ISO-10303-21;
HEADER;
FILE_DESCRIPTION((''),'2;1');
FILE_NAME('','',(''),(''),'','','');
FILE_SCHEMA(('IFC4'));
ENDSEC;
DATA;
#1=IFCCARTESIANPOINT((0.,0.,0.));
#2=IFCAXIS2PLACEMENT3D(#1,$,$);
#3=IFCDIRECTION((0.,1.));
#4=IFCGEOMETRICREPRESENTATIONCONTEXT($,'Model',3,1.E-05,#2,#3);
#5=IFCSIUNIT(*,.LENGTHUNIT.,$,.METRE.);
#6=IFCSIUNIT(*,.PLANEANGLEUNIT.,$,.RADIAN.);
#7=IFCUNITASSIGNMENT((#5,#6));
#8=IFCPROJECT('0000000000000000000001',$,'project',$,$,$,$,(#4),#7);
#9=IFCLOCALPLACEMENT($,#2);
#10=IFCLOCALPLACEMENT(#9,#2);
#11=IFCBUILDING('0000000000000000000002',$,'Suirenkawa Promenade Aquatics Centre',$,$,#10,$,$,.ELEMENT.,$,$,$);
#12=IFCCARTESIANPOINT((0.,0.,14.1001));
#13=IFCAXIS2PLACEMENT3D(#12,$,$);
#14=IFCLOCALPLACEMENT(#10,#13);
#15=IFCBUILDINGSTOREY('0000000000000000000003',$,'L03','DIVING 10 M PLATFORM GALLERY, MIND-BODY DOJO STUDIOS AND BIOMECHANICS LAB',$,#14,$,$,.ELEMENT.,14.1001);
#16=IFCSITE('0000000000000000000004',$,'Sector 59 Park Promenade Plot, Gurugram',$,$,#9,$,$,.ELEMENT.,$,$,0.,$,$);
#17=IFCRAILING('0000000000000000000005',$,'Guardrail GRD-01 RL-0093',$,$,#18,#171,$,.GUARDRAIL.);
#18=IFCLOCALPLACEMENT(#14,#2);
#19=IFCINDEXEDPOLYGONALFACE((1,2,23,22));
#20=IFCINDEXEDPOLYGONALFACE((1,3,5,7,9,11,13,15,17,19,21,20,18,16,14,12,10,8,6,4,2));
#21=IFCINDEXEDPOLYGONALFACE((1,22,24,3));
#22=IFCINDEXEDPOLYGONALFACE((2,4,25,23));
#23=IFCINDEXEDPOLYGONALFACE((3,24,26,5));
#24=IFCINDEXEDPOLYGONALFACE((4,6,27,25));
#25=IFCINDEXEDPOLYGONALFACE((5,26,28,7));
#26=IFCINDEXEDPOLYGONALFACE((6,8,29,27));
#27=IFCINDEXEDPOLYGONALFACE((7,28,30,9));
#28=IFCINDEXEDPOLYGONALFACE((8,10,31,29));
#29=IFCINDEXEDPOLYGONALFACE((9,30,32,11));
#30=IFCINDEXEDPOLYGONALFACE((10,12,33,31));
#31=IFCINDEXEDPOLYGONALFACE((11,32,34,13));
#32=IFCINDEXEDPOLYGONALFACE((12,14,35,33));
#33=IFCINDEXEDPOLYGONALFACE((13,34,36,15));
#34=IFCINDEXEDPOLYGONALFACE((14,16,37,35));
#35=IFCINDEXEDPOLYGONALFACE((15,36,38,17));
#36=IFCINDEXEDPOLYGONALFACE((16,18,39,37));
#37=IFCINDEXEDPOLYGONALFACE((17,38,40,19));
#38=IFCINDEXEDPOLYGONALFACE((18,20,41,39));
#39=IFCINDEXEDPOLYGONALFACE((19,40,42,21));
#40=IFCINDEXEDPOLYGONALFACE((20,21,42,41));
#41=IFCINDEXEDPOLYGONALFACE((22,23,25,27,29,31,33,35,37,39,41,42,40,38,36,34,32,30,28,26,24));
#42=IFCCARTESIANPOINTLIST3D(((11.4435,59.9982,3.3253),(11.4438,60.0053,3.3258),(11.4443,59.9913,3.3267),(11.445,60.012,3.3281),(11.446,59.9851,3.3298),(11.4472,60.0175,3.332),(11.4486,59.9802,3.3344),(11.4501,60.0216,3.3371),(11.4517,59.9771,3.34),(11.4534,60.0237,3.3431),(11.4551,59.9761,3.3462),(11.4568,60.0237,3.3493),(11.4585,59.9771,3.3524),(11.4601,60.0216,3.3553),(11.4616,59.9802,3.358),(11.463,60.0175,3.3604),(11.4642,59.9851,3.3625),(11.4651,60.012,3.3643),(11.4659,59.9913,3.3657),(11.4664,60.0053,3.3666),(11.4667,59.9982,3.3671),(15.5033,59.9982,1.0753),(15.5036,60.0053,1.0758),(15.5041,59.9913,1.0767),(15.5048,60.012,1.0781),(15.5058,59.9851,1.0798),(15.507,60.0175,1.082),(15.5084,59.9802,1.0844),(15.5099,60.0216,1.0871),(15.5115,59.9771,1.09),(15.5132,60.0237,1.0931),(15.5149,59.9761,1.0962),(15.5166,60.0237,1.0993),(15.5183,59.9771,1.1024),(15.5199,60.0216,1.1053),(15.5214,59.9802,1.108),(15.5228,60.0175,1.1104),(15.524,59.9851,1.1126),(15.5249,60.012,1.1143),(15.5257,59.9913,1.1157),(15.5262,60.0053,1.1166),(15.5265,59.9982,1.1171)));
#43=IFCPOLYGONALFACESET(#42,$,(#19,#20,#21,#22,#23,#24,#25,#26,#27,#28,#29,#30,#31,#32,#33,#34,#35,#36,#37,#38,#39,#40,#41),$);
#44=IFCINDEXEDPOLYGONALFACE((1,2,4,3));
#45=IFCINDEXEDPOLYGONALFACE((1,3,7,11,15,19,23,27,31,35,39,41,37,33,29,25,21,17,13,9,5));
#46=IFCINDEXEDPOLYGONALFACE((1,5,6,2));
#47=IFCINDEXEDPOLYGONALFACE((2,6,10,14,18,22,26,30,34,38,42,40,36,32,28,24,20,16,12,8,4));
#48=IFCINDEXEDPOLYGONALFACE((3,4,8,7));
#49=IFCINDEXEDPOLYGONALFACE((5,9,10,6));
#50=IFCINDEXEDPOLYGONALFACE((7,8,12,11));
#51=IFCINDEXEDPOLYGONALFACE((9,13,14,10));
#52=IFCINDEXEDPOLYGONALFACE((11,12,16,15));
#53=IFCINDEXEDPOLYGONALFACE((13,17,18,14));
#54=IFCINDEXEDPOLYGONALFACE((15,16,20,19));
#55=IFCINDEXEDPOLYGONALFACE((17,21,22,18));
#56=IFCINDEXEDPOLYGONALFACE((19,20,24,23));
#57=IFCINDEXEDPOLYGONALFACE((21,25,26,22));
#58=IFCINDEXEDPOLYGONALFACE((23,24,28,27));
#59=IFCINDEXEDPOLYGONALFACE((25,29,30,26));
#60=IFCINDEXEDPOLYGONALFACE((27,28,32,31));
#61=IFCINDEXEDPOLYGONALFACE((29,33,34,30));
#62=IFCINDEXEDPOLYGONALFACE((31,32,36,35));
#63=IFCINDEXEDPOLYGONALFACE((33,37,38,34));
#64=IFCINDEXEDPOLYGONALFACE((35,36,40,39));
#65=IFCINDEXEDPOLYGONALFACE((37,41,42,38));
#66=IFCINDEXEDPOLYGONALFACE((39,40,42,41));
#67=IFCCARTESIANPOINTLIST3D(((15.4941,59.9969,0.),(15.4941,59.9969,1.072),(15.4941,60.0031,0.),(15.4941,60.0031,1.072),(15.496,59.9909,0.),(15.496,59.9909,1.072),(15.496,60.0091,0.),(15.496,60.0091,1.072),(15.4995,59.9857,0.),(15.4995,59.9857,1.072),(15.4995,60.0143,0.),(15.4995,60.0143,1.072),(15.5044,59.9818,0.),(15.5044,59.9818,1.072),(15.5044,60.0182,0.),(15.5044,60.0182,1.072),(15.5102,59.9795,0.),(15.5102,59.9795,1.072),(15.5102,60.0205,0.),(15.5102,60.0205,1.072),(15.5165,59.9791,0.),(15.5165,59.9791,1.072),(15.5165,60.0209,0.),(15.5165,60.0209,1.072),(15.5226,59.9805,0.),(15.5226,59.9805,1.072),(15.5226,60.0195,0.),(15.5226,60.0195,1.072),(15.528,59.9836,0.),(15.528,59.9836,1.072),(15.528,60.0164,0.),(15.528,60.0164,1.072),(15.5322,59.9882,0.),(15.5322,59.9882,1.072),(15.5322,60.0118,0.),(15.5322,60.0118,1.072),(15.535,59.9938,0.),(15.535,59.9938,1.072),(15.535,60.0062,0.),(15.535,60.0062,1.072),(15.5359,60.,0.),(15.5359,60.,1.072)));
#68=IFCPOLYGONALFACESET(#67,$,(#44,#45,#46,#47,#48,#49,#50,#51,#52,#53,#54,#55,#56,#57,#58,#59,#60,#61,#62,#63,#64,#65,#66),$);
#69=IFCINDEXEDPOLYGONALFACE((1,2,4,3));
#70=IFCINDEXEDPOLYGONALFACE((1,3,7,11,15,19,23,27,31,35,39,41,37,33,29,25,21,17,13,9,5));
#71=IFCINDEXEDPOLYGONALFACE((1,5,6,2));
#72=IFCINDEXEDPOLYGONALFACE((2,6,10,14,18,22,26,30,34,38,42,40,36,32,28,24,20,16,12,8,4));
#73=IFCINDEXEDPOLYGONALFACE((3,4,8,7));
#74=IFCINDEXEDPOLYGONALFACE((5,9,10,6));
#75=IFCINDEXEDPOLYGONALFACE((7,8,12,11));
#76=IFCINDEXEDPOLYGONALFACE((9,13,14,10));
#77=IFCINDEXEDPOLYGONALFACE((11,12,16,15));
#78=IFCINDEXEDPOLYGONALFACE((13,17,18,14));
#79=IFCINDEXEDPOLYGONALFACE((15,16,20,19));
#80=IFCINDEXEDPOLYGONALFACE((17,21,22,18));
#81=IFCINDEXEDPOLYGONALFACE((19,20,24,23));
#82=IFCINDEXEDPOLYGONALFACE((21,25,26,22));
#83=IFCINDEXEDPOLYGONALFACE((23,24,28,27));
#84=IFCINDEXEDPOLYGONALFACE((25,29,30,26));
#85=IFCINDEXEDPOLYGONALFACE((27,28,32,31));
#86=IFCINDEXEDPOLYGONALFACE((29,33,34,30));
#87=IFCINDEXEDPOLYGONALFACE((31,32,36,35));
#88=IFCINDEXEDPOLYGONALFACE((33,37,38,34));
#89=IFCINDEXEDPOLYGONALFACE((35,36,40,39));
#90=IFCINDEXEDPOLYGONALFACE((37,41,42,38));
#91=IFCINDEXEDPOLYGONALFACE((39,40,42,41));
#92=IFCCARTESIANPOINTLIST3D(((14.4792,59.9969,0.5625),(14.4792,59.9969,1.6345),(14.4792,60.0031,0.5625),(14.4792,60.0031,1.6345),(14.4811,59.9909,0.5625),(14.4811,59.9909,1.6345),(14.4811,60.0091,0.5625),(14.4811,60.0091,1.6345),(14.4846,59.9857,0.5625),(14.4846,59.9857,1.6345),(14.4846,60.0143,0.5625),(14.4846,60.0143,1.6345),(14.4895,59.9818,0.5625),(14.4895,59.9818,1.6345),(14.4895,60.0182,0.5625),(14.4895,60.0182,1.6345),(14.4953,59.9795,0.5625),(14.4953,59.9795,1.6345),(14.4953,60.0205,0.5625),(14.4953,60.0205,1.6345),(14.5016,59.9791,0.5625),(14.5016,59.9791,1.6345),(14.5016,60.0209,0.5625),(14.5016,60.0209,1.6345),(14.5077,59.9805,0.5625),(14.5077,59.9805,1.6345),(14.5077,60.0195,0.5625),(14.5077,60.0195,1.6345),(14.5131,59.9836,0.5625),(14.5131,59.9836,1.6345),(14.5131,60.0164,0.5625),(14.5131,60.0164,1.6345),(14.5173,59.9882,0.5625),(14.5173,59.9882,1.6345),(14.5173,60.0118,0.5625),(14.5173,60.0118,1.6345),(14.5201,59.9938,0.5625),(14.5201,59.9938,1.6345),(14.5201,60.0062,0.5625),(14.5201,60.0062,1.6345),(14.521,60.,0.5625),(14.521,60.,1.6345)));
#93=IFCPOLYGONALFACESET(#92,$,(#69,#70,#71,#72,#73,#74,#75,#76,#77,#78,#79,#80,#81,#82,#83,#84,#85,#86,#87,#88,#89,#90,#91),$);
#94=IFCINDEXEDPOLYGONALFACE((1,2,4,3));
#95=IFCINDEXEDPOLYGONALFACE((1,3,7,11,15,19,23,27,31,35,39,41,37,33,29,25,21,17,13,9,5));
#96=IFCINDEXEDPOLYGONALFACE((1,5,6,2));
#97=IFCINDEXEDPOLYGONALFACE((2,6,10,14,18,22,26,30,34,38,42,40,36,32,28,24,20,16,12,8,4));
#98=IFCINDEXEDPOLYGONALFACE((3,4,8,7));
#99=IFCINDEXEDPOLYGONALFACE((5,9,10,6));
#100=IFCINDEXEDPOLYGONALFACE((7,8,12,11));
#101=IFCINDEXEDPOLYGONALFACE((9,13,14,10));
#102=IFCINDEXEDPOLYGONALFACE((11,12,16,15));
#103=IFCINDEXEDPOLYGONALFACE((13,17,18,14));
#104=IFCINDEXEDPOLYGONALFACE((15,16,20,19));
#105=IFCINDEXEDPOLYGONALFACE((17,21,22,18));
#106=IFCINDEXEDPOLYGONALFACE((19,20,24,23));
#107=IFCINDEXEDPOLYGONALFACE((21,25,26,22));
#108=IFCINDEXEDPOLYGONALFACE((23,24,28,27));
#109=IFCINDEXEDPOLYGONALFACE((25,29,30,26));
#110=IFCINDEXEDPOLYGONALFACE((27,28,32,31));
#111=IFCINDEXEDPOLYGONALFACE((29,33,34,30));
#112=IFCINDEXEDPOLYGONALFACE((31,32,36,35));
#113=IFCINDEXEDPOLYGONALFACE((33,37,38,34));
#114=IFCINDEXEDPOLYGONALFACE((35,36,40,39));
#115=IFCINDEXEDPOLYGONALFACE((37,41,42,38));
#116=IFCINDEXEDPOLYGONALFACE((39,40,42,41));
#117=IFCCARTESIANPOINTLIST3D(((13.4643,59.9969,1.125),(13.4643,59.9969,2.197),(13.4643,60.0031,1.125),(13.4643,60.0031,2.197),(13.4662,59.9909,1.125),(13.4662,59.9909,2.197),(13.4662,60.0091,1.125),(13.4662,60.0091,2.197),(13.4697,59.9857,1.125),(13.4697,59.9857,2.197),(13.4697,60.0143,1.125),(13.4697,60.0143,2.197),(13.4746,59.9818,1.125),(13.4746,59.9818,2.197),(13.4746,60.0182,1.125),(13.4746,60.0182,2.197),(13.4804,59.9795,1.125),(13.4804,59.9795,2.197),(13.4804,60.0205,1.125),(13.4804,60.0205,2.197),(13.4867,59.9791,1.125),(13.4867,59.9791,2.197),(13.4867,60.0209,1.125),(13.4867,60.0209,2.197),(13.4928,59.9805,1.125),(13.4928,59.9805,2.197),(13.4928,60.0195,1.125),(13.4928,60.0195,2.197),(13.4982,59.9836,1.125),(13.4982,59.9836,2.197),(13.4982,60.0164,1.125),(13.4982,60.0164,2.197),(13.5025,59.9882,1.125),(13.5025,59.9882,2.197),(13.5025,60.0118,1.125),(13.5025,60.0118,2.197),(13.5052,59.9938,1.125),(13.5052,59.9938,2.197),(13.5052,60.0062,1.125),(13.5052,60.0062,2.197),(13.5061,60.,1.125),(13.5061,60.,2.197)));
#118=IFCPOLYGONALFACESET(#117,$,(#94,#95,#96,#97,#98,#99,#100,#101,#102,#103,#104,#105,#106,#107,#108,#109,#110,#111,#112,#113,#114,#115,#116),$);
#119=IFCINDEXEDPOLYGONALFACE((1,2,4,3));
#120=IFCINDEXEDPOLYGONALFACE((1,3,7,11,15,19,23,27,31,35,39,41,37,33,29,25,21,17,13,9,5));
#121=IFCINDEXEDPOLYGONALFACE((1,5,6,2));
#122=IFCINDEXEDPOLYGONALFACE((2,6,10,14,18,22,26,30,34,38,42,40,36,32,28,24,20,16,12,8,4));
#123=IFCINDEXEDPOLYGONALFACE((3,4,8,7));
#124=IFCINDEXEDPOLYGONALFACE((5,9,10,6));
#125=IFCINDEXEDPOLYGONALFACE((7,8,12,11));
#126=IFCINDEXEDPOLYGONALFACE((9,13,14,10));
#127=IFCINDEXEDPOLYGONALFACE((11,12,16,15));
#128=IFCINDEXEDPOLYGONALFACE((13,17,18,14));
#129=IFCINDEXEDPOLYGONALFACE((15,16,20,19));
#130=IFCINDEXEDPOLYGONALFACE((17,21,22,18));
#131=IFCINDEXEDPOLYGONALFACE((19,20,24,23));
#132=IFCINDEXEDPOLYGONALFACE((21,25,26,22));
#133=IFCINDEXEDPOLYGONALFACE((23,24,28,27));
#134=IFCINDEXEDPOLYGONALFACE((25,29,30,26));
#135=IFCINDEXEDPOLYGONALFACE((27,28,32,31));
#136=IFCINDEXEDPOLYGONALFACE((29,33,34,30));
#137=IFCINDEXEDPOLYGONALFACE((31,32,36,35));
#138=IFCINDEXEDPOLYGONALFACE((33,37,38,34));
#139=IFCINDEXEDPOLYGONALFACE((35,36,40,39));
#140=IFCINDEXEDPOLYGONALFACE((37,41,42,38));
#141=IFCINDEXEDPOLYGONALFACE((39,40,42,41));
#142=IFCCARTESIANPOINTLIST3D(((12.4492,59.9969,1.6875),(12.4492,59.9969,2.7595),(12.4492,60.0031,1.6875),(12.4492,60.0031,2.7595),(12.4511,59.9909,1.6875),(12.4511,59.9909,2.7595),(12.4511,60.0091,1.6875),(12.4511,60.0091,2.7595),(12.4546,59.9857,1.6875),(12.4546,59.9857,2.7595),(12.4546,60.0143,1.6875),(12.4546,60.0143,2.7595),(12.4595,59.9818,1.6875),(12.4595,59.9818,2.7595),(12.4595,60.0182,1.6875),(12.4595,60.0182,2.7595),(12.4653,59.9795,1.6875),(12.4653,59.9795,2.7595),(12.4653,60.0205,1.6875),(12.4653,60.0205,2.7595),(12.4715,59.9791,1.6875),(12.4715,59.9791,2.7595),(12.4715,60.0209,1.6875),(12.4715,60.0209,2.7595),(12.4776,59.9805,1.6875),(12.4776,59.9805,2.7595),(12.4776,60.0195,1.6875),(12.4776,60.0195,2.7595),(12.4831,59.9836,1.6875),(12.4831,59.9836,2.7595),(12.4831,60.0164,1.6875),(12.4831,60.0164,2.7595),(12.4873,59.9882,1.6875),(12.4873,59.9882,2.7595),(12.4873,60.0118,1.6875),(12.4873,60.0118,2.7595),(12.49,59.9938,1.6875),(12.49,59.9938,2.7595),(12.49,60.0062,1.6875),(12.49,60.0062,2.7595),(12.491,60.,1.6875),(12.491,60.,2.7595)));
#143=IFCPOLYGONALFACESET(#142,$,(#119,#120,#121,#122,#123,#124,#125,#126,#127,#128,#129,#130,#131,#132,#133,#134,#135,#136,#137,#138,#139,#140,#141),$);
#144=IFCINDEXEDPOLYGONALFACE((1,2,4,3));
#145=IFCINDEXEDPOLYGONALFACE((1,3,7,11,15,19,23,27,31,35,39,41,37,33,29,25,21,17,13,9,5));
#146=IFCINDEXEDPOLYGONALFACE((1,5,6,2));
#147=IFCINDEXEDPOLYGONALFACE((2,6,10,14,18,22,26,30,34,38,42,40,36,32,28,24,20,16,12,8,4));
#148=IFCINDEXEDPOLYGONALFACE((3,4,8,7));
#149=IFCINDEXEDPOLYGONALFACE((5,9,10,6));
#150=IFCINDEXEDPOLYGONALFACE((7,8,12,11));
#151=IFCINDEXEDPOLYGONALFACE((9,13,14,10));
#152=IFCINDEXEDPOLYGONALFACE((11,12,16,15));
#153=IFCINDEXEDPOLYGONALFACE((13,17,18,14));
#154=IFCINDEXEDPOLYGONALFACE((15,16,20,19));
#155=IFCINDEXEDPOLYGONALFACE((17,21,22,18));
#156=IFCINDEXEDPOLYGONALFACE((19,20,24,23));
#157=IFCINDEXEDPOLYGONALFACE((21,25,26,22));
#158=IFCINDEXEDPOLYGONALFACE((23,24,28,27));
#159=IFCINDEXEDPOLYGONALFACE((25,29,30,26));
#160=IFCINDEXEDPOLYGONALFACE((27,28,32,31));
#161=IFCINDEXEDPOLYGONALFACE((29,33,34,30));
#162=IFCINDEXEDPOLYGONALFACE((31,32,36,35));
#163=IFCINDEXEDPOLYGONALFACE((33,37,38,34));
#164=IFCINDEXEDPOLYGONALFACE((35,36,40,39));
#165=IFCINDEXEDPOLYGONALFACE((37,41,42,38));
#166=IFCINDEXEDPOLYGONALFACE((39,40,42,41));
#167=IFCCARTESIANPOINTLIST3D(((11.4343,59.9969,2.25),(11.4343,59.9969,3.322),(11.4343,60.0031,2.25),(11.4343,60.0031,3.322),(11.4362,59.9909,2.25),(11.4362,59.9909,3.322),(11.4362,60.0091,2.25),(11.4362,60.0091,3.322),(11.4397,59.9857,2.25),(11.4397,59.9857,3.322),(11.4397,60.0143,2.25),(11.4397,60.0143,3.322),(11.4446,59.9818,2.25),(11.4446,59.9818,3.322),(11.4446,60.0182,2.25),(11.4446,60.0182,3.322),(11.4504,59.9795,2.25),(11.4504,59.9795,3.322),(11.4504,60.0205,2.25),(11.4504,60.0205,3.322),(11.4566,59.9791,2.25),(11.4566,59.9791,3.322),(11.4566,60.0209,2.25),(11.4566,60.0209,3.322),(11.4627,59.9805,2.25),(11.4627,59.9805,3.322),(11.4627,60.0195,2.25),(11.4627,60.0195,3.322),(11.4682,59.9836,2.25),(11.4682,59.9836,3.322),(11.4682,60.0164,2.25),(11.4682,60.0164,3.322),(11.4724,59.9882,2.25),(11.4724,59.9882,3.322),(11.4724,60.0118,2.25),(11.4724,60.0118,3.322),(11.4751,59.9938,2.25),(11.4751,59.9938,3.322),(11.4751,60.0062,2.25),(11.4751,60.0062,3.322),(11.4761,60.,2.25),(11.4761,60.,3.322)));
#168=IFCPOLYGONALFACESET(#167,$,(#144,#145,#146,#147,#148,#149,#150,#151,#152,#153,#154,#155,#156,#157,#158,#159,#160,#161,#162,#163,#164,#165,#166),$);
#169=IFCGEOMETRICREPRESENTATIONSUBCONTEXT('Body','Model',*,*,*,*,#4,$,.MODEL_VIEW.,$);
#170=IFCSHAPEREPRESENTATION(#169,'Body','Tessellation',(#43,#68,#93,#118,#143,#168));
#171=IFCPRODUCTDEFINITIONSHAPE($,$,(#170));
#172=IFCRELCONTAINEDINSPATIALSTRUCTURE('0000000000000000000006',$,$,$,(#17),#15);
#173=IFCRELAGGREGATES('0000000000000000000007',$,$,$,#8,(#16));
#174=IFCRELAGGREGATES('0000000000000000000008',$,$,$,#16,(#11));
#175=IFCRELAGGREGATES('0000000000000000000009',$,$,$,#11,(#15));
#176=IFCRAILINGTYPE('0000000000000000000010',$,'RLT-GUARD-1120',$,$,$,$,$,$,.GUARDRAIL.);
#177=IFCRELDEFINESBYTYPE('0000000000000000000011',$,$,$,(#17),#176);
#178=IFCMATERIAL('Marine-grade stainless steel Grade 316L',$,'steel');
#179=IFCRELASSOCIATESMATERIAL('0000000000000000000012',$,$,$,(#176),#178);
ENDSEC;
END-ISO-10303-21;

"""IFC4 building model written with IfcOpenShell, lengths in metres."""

from ifc_helpers import new_model, si_unit, direction, frame, origin, origin_2d, place, context, subcontext, project, spatial, circle, extrude, material, type_object, element, save


model = new_model("IFC4")

# Units and contexts
model_context = context("Model", 3, precision=1e-05, world=origin(), true_north=direction((0.0, 1.0)))
body_context = subcontext(model_context, "Body", "Model", "MODEL_VIEW")
ifc_project = project(units=[si_unit("LENGTHUNIT", "METRE"), si_unit("PLANEANGLEUNIT", "RADIAN")], contexts=[model_context])

# Site, building, storey
site_placement = place(None, origin())
site = spatial("IfcSite", under=ifc_project, at=site_placement, Name="Sector 59 Park Promenade Plot, Gurugram", CompositionType="ELEMENT", RefElevation=0.0)
building_placement = place(site_placement, origin())
building = spatial("IfcBuilding", under=site, at=building_placement, Name="Suirenkawa Promenade Aquatics Centre", CompositionType="ELEMENT")
storey_placement = place(building_placement, frame((0.0, 0.0, 14.1001)))
storey = spatial("IfcBuildingStorey", under=building, at=storey_placement, Name="L03", Description="DIVING 10 M PLATFORM GALLERY, MIND-BODY DOJO STUDIOS AND BIOMECHANICS LAB", CompositionType="ELEMENT", Elevation=14.1001)

# Shared definitions
ifc_material_1 = material(Name="Marine-grade stainless steel Grade 316L", Category="steel")

# Railing
railing_type_1 = type_object("IfcRailingType", Name="RLT-GUARD-1120", PredefinedType="GUARDRAIL", material=ifc_material_1)
for number, where, name in (
    (1, (15.5149, 60.0, 0.0), "Guardrail GRD-01 RL-0093"),
):
    element("IfcRailing", number, at=place(storey_placement, frame(where)), inside=storey, type_object=railing_type_1, Name=name, PredefinedType="GUARDRAIL", context=body_context, shape_type="SweptSolid", body=[
        extrude(circle(Radius=0.0239, at=origin_2d()), frame((0.0, 0.0, 1.0962), z_axis=(-0.874656, 0.0, 0.484745), x_axis=(0.0, -1.0, 0.0)), (0.0, 0.0, 1.0), 4.6416),
        extrude(circle(Radius=0.021, at=origin_2d()), origin(), (0.0, 0.0, 1.0), 1.072),
        extrude(circle(Radius=0.021, at=origin_2d()), frame((-1.0149, 0.0, 0.5625)), (0.0, 0.0, 1.0), 1.072),
        extrude(circle(Radius=0.021, at=origin_2d()), frame((-2.0298, 0.0, 1.125)), (0.0, 0.0, 1.0), 1.072),
        extrude(circle(Radius=0.021, at=origin_2d()), frame((-3.0449, 0.0, 1.6875)), (0.0, 0.0, 1.0), 1.072),
        extrude(circle(Radius=0.021, at=origin_2d()), frame((-4.0598, 0.0, 2.25)), (0.0, 0.0, 1.0), 1.072),
    ])

save(model, "model.ifc")
